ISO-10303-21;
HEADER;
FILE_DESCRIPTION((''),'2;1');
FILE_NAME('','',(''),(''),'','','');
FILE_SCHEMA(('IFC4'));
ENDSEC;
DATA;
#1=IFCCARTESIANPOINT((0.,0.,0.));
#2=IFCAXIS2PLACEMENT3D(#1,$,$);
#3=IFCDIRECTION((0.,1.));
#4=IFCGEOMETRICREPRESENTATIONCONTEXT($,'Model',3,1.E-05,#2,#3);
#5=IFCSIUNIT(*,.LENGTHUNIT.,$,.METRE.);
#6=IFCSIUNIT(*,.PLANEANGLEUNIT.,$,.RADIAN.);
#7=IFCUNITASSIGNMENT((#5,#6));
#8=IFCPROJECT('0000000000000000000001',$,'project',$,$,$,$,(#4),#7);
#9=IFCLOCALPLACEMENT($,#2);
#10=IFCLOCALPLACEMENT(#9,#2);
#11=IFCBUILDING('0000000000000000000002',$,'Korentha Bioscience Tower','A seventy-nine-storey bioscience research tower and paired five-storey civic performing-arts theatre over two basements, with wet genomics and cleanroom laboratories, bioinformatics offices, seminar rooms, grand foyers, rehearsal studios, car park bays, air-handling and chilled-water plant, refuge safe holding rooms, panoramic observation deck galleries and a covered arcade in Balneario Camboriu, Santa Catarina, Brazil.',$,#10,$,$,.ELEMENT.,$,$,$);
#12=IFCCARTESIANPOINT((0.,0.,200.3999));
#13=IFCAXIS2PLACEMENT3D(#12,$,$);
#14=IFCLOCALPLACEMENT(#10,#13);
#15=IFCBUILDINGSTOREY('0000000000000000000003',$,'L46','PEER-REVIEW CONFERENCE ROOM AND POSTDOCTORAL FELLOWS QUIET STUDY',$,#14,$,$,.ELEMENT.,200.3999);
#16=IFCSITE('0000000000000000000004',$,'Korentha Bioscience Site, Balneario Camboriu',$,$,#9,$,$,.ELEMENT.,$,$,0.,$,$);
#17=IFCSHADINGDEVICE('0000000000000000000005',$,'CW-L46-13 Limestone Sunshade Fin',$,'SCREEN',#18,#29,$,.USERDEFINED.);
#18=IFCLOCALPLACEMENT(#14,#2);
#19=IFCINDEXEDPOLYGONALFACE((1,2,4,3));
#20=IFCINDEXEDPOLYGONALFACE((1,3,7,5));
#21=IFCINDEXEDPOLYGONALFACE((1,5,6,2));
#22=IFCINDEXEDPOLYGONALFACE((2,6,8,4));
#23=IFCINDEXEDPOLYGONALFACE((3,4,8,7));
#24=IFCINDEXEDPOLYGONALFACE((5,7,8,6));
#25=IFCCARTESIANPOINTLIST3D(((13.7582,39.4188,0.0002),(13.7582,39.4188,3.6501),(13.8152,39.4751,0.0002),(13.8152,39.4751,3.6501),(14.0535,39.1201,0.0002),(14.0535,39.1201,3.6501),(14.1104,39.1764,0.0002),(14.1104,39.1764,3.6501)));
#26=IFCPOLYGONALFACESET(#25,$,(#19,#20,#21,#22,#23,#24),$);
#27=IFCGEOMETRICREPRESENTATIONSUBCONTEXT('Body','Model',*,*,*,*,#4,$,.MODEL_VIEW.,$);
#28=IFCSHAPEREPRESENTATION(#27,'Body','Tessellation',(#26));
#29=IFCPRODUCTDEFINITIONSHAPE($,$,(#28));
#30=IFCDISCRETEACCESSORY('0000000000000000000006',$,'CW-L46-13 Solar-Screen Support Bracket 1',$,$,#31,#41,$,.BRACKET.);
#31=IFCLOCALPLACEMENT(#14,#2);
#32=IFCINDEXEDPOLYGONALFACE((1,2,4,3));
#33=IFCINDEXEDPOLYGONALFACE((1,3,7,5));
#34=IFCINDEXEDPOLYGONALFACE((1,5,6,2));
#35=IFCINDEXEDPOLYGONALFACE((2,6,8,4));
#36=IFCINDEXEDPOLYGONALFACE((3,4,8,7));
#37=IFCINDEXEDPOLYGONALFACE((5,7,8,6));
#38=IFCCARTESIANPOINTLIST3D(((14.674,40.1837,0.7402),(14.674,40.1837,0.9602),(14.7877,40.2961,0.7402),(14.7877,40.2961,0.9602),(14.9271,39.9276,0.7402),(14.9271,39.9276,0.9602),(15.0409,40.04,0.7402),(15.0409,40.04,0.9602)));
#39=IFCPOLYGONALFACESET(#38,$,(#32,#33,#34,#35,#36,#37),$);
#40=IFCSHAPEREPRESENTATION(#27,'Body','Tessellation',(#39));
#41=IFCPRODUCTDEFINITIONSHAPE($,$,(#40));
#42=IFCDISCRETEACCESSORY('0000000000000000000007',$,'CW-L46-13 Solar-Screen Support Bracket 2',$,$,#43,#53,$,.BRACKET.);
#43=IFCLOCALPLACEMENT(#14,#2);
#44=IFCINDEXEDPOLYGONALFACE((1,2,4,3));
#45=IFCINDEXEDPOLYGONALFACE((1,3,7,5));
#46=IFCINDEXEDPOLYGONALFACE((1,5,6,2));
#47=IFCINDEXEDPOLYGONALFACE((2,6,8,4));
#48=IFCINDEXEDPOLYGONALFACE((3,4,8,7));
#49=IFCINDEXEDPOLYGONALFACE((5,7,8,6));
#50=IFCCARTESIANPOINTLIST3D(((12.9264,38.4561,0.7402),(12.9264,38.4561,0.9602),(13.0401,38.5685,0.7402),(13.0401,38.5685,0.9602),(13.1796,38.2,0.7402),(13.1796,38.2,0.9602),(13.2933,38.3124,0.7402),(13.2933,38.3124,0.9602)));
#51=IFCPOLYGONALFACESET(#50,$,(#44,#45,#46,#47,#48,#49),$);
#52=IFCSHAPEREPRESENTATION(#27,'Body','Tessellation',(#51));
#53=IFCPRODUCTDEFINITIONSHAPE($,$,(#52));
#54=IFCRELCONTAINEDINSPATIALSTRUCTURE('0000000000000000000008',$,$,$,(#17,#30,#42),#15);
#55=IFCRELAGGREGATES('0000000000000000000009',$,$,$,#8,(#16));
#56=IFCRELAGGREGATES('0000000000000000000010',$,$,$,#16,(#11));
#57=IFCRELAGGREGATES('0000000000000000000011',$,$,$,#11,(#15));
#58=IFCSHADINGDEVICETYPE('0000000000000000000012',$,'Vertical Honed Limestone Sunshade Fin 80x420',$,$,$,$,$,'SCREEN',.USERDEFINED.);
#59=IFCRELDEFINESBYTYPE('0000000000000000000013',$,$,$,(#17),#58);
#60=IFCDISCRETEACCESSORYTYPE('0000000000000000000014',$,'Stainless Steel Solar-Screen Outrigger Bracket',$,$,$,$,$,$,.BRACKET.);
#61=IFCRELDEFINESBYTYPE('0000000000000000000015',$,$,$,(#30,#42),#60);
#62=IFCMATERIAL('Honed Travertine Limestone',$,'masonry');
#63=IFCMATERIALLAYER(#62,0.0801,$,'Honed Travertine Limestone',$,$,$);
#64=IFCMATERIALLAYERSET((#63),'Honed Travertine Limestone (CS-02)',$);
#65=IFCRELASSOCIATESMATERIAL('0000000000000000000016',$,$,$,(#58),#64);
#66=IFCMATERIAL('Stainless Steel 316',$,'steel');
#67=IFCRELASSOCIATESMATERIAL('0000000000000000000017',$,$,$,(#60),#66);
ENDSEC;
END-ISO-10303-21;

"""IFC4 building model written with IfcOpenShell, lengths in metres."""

from ifc_helpers import new_model, si_unit, direction, frame, origin, origin_2d, place, context, subcontext, project, spatial, rectangle, extrude, material, layer, layer_set, type_object, element, save


model = new_model("IFC4")

# Units and contexts
model_context = context("Model", 3, precision=1e-05, world=origin(), true_north=direction((0.0, 1.0)))
body_context = subcontext(model_context, "Body", "Model", "MODEL_VIEW")
ifc_project = project(units=[si_unit("LENGTHUNIT", "METRE"), si_unit("PLANEANGLEUNIT", "RADIAN")], contexts=[model_context])

# Site, building, storey
site_placement = place(None, origin())
site = spatial("IfcSite", under=ifc_project, at=site_placement, Name="Korentha Bioscience Site, Balneario Camboriu", CompositionType="ELEMENT", RefElevation=0.0)
building_placement = place(site_placement, origin())
building = spatial("IfcBuilding", under=site, at=building_placement, Name="Korentha Bioscience Tower", Description="A seventy-nine-storey bioscience research tower and paired five-storey civic performing-arts theatre over two basements, with wet genomics and cleanroom laboratories, bioinformatics offices, seminar rooms, grand foyers, rehearsal studios, car park bays, air-handling and chilled-water plant, refuge safe holding rooms, panoramic observation deck galleries and a covered arcade in Balneario Camboriu, Santa Catarina, Brazil.", CompositionType="ELEMENT")
storey_placement = place(building_placement, frame((0.0, 0.0, 200.3999)))
storey = spatial("IfcBuildingStorey", under=building, at=storey_placement, Name="L46", Description="PEER-REVIEW CONFERENCE ROOM AND POSTDOCTORAL FELLOWS QUIET STUDY", CompositionType="ELEMENT", Elevation=200.3999)

# Shading device
ifc_material_1 = material(Name="Honed Travertine Limestone", Category="masonry")
ifc_layer_1 = layer(ifc_material_1, 0.0801, Name="Honed Travertine Limestone")
ifc_layer_set_1 = layer_set([ifc_layer_1], Name="Honed Travertine Limestone (CS-02)")
shading_device_type_1 = type_object("IfcShadingDeviceType", Name="Vertical Honed Limestone Sunshade Fin 80x420", ElementType="SCREEN", PredefinedType="USERDEFINED", material=ifc_layer_set_1)
shading_device_1_placement = place(storey_placement, frame((13.9343, 39.2976, 0.0002), z_axis=(0.0, 0.0, 1.0), x_axis=(-0.711178, -0.703012, 0.0)))
element("IfcShadingDevice", 1, at=shading_device_1_placement, inside=storey, type_object=shading_device_type_1, Name="CW-L46-13 Limestone Sunshade Fin", ObjectType="SCREEN", PredefinedType="USERDEFINED", context=body_context, shape_type="SweptSolid", body=[
    extrude(rectangle(XDim=0.0801, YDim=0.4199, at=origin_2d()), origin(), (0.0, 0.0, 1.0), 3.6499),
])

# Discrete accessories
ifc_material_2 = material(Name="Stainless Steel 316", Category="steel")
discrete_accessory_type = type_object("IfcDiscreteAccessoryType", Name="Stainless Steel Solar-Screen Outrigger Bracket", PredefinedType="BRACKET", material=ifc_material_2)
for number, where, z_axis, x_axis, name in (
    (2, (14.8574, 40.1118, 0.7402), (0.0, 0.0, 1.0), (-0.711178, -0.703012, 0.0), "CW-L46-13 Solar-Screen Support Bracket 1"),
    (3, (13.1099, 38.3843, 0.7402), (0.0, 0.0, 1.0), (-0.711178, -0.703012, 0.0), "CW-L46-13 Solar-Screen Support Bracket 2"),
):
    element("IfcDiscreteAccessory", number, at=place(storey_placement, frame(where, z_axis=z_axis, x_axis=x_axis)), inside=storey, type_object=discrete_accessory_type, Name=name, PredefinedType="BRACKET", context=body_context, shape_type="SweptSolid", body=[
        extrude(rectangle(XDim=0.1599, YDim=0.3601, at=origin_2d()), origin(), (0.0, 0.0, 1.0), 0.22),
    ])

save(model, "model.ifc")
